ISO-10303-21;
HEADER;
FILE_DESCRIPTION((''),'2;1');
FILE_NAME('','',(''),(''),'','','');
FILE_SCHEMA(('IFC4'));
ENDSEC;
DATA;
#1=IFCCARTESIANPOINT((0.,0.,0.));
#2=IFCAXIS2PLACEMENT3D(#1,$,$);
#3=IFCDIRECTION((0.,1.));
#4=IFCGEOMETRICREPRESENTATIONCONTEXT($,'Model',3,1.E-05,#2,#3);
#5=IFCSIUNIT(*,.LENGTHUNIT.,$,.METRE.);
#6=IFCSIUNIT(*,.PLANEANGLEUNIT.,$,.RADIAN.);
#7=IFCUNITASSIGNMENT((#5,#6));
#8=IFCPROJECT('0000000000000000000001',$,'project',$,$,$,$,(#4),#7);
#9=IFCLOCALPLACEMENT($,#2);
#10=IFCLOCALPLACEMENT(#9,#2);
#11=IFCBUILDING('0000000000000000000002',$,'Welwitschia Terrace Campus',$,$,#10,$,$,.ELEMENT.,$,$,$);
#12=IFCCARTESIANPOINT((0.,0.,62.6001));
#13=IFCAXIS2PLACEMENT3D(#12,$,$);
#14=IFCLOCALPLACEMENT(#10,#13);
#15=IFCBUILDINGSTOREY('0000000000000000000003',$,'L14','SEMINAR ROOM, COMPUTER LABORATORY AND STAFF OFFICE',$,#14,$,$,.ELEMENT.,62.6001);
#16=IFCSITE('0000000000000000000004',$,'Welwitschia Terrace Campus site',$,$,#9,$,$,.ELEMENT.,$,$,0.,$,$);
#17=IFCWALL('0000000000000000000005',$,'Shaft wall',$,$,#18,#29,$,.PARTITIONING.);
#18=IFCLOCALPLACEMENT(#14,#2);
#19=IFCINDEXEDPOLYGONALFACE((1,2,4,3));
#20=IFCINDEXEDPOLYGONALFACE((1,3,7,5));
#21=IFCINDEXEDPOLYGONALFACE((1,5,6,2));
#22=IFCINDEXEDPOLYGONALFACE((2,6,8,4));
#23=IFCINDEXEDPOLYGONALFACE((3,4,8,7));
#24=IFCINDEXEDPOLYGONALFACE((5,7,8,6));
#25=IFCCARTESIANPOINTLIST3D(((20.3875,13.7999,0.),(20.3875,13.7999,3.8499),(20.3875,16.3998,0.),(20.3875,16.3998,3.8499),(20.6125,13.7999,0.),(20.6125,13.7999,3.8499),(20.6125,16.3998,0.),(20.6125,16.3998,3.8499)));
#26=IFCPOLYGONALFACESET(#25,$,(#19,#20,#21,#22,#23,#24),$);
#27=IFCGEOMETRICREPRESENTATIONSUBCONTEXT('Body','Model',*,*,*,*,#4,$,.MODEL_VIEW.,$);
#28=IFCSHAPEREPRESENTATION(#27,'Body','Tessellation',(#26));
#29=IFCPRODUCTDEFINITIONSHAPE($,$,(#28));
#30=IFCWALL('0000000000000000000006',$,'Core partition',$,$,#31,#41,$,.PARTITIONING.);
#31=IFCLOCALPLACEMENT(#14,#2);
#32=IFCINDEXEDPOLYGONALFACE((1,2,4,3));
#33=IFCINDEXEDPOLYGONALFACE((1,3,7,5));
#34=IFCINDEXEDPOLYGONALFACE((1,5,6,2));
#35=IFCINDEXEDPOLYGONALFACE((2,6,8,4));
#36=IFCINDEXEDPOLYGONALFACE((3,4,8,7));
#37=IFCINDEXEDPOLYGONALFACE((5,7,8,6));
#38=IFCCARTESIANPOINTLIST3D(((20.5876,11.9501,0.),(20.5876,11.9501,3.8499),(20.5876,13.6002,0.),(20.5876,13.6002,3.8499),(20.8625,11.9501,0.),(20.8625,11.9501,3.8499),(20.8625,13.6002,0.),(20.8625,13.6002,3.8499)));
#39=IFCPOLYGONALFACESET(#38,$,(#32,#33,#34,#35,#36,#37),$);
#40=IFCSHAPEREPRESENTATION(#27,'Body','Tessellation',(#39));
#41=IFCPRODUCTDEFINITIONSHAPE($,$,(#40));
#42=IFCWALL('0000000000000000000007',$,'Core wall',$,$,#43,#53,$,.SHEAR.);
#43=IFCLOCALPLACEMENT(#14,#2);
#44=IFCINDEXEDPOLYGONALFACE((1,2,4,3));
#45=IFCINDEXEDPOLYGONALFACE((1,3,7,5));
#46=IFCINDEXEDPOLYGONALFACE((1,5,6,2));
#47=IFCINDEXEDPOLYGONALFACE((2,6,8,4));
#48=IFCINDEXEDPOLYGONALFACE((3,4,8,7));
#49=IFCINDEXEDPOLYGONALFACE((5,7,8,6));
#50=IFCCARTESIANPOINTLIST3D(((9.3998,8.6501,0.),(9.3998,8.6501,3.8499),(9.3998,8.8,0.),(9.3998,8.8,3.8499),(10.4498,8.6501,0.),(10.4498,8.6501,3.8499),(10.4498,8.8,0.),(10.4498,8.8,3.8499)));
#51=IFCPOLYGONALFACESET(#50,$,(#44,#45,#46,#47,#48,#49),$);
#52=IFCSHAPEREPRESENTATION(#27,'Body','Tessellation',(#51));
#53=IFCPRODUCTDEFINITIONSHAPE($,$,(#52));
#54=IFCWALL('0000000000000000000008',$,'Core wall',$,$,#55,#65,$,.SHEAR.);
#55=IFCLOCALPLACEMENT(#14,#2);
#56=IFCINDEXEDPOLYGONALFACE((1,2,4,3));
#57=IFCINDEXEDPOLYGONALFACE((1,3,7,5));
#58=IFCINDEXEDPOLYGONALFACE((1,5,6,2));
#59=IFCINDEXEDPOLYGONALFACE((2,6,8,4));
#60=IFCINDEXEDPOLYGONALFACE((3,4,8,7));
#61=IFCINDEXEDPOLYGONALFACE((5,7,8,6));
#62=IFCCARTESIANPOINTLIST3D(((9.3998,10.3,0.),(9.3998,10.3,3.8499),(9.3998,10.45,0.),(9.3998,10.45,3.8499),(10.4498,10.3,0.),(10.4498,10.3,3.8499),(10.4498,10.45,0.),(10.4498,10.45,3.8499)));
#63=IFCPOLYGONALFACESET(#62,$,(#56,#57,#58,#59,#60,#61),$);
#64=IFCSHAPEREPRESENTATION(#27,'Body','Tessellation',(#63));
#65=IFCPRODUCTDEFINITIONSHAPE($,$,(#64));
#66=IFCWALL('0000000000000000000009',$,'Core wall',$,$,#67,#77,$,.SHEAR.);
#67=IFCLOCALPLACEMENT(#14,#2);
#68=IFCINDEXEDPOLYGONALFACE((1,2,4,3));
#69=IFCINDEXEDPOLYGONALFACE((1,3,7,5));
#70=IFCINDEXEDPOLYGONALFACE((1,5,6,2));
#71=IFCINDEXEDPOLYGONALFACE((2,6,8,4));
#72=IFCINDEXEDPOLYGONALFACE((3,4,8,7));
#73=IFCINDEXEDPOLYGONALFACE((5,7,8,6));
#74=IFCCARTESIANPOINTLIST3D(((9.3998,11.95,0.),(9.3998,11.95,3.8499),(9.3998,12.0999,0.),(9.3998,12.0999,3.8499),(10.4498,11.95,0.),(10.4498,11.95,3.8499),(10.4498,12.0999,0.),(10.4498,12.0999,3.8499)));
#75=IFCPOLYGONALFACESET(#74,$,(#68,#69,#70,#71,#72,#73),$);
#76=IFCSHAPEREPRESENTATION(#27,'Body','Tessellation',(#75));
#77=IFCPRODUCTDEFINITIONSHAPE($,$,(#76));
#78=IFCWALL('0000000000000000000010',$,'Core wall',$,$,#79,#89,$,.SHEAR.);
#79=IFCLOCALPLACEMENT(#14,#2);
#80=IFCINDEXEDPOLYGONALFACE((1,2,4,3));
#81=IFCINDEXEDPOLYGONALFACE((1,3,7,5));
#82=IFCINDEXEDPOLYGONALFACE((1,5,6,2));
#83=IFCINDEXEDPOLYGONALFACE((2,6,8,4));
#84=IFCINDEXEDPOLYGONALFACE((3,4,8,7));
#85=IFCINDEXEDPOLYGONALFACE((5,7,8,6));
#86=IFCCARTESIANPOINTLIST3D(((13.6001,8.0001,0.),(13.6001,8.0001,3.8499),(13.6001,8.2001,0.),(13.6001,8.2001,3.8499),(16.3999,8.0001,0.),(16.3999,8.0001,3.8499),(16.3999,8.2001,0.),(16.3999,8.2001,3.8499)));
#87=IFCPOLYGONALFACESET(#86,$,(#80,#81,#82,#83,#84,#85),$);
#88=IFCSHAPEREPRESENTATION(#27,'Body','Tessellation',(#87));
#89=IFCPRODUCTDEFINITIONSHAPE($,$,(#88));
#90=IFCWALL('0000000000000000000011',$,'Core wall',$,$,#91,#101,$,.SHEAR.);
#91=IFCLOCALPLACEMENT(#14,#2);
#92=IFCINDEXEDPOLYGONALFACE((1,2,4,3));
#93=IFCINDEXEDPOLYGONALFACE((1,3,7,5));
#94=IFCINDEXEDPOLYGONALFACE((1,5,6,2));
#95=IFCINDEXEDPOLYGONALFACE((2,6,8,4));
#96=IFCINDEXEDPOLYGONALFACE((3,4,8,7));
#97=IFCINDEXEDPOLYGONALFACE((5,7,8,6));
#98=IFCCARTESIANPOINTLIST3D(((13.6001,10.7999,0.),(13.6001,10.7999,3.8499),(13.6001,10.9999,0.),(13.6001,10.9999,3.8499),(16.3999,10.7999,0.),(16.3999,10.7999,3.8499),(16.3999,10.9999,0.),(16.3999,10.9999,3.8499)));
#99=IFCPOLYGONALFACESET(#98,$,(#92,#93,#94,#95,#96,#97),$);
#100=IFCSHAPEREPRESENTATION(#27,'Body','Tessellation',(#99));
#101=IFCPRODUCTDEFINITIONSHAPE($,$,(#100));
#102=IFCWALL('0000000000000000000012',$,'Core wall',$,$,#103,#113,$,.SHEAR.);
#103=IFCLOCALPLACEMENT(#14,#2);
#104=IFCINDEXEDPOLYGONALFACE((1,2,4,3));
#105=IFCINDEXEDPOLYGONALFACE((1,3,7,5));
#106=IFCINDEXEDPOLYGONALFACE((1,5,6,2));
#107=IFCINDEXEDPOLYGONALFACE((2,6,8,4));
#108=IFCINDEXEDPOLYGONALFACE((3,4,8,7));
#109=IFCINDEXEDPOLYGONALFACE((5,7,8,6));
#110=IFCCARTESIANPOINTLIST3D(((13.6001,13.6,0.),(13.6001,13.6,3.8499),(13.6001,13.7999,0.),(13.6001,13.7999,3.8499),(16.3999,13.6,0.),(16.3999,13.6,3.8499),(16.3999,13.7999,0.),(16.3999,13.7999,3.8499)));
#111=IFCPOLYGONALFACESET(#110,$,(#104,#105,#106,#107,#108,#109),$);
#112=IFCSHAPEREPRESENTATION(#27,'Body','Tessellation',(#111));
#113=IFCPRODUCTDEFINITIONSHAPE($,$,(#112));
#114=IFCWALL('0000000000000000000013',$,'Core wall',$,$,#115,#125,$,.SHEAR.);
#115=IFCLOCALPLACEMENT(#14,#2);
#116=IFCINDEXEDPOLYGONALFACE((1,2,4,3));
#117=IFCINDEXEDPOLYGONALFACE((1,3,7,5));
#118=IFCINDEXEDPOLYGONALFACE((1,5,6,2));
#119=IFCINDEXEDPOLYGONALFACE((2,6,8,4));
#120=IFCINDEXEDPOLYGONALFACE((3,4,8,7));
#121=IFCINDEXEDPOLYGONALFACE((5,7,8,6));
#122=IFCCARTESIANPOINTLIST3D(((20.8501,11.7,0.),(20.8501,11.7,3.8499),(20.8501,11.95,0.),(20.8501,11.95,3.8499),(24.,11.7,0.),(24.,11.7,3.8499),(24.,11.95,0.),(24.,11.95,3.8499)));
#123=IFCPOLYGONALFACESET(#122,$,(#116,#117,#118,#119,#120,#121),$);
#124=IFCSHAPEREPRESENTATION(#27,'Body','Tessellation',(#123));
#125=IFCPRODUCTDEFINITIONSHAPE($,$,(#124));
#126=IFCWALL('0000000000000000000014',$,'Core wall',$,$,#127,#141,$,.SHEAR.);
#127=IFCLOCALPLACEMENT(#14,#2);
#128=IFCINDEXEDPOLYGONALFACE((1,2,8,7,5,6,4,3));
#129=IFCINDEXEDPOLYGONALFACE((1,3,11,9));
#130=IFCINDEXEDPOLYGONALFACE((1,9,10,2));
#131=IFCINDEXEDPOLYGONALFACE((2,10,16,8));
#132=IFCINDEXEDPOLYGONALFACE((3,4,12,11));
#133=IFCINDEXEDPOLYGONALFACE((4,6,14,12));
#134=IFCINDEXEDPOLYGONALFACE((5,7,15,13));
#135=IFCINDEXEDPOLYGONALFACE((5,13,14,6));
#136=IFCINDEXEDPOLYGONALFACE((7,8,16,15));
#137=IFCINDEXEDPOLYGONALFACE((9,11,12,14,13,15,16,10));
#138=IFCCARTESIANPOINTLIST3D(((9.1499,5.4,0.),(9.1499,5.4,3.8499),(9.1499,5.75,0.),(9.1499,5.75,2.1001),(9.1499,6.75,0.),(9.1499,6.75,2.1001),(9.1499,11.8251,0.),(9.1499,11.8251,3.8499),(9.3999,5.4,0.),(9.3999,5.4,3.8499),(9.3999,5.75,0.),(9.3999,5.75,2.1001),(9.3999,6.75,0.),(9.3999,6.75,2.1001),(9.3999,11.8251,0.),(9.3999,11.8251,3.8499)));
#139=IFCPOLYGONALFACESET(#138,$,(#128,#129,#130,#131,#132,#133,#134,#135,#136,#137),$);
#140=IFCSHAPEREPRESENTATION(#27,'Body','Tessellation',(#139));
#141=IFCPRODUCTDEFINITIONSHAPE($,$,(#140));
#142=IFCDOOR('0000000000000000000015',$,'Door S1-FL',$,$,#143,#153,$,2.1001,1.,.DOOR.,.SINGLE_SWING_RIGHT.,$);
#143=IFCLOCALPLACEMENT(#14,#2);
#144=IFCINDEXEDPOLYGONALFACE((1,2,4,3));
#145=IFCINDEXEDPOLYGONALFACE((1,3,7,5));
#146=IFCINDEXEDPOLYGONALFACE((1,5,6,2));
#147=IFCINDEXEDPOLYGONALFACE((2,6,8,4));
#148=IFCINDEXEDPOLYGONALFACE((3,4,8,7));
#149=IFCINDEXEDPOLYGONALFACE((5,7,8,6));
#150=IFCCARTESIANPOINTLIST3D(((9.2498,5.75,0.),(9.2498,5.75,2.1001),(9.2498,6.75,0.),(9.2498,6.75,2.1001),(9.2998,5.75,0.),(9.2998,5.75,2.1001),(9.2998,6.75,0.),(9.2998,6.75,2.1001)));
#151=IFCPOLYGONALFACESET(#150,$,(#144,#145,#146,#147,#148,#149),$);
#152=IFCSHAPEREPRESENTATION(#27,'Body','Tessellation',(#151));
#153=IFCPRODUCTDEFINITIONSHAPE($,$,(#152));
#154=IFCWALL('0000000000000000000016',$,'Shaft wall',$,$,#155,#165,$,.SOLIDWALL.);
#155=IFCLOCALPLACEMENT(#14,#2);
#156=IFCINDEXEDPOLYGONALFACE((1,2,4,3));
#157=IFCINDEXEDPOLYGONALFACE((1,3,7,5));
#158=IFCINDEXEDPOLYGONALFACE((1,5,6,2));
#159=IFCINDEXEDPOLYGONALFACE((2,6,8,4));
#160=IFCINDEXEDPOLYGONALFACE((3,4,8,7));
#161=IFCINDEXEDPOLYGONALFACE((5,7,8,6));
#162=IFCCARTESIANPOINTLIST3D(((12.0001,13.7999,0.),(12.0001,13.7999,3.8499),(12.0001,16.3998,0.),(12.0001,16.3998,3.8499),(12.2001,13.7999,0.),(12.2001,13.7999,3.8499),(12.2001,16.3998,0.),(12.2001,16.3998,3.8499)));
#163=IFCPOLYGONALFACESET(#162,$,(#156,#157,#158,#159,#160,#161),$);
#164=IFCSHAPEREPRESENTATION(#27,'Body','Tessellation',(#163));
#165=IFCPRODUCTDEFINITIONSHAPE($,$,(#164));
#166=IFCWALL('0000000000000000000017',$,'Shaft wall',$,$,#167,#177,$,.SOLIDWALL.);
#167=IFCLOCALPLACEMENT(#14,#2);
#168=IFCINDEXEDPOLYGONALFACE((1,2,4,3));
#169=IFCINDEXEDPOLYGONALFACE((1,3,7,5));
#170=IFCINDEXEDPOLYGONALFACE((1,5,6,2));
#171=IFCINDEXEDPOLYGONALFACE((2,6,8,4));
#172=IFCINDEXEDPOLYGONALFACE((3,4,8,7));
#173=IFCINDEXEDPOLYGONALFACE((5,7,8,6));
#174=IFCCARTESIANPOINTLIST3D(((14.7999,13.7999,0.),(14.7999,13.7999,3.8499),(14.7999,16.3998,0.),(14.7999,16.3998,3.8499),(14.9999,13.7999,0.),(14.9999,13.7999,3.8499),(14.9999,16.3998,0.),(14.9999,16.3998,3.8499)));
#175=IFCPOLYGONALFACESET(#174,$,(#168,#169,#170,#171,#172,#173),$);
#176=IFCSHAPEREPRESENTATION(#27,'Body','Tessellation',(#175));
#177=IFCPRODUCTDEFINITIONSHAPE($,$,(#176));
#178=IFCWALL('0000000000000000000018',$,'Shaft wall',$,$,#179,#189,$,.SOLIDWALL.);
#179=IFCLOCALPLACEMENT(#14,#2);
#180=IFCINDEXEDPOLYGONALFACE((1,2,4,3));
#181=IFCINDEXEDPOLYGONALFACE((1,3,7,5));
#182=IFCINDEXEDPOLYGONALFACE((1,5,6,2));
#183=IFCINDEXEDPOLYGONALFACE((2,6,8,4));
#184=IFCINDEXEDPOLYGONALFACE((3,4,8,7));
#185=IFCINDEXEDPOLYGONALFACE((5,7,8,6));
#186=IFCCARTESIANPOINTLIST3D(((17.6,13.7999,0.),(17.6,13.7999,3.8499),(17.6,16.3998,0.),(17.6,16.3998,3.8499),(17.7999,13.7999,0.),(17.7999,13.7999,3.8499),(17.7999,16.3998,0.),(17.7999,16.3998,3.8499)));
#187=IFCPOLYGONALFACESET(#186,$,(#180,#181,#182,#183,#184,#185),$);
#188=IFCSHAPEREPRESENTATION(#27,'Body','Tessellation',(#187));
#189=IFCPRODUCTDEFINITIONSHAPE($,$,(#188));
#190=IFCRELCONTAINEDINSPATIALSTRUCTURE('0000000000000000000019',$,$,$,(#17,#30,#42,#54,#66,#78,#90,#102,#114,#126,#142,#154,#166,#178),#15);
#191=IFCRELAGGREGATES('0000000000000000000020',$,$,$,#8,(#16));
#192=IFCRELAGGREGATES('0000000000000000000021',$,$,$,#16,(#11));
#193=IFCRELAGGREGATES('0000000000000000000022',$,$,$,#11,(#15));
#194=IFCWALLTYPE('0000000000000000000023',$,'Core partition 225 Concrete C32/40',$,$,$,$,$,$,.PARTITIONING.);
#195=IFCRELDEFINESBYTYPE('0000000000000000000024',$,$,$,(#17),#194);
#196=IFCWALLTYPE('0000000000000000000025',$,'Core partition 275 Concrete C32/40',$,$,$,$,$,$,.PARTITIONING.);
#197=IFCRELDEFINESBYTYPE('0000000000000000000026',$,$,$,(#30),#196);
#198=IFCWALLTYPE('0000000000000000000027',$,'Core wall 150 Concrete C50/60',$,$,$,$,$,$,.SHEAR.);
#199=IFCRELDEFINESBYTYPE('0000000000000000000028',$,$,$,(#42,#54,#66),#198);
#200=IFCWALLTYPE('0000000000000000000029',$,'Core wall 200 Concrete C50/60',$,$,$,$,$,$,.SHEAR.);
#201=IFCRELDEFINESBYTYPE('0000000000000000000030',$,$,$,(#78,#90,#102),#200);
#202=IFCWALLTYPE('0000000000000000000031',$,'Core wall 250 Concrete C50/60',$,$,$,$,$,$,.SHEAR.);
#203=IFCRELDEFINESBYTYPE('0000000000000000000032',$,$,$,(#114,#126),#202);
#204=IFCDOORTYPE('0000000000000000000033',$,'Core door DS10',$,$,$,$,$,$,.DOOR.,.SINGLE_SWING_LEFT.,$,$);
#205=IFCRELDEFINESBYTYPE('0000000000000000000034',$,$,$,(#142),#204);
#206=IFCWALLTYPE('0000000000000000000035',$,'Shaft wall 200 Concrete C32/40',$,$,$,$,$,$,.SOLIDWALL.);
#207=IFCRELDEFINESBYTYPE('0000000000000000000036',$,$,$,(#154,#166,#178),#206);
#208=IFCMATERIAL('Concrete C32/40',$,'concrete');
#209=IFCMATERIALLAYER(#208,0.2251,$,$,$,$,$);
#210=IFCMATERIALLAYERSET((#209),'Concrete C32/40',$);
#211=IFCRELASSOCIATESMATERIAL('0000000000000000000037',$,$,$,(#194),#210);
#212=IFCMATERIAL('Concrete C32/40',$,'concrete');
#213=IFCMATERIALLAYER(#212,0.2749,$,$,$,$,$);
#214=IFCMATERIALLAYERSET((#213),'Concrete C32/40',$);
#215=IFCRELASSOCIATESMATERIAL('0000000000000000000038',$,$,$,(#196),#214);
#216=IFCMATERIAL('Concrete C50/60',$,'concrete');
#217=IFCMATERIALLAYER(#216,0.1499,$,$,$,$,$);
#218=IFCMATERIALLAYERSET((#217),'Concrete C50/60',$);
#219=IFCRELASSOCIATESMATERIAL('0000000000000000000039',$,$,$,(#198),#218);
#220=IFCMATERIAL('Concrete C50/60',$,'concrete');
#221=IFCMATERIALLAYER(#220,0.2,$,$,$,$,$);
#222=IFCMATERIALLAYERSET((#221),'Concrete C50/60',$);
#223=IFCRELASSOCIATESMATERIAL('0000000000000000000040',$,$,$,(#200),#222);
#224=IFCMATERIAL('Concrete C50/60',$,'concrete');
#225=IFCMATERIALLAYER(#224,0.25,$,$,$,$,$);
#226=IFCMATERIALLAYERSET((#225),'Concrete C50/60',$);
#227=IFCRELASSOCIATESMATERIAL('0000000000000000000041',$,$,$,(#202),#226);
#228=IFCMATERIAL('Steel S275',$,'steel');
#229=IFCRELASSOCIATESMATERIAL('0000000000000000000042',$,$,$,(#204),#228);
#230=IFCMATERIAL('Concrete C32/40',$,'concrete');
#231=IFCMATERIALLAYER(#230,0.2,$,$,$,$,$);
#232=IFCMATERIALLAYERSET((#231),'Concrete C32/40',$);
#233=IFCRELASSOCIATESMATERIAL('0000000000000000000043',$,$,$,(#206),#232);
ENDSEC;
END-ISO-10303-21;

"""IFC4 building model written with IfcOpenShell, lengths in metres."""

from ifc_helpers import new_model, si_unit, direction, frame, frame_2d, origin, place, context, subcontext, project, spatial, rectangle, extrude, material, layer, layer_set, type_object, element, fill, save


model = new_model("IFC4")

# Units and contexts
model_context = context("Model", 3, precision=1e-05, world=origin(), true_north=direction((0.0, 1.0)))
body_context = subcontext(model_context, "Body", "Model", "MODEL_VIEW")
ifc_project = project(units=[si_unit("LENGTHUNIT", "METRE"), si_unit("PLANEANGLEUNIT", "RADIAN")], contexts=[model_context])

# Site, building, storey
site_placement = place(None, origin())
site = spatial("IfcSite", under=ifc_project, at=site_placement, Name="Welwitschia Terrace Campus site", CompositionType="ELEMENT", RefElevation=0.0)
building_placement = place(site_placement, origin())
building = spatial("IfcBuilding", under=site, at=building_placement, Name="Welwitschia Terrace Campus", CompositionType="ELEMENT")
storey_placement = place(building_placement, frame((0.0, 0.0, 62.6001)))
storey = spatial("IfcBuildingStorey", under=building, at=storey_placement, Name="L14", Description="SEMINAR ROOM, COMPUTER LABORATORY AND STAFF OFFICE", CompositionType="ELEMENT", Elevation=62.6001)

# Shared definitions
ifc_material_1 = material(Name="Concrete C32/40", Category="concrete")
ifc_layer_1 = layer(ifc_material_1, 0.2251)
ifc_layer_set_1 = layer_set([ifc_layer_1], Name="Concrete C32/40")
wall_type_1 = type_object("IfcWallType", Name="Core partition 225 Concrete C32/40", PredefinedType="PARTITIONING", material=ifc_layer_set_1)

# Walls
wall_1_placement = place(storey_placement, frame((20.5, 13.8, 0.0), z_axis=(0.0, 0.0, 1.0), x_axis=(0.0, 1.0, 0.0)))
element("IfcWall", 1, at=wall_1_placement, inside=storey, type_object=wall_type_1, Name="Shaft wall", PredefinedType="PARTITIONING", context=body_context, shape_type="SweptSolid", body=[
    extrude(rectangle(XDim=2.5999, YDim=0.2251, at=frame_2d((1.2998, 0.0))), origin(), (0.0, 0.0, 1.0), 3.8499),
])
ifc_material_2 = material(Name="Concrete C32/40", Category="concrete")
ifc_layer_2 = layer(ifc_material_2, 0.2749)
ifc_layer_set_2 = layer_set([ifc_layer_2], Name="Concrete C32/40")
wall_type_2 = type_object("IfcWallType", Name="Core partition 275 Concrete C32/40", PredefinedType="PARTITIONING", material=ifc_layer_set_2)
wall_2_placement = place(storey_placement, frame((20.7251, 11.95, 0.0), z_axis=(0.0, 0.0, 1.0), x_axis=(0.0, 1.0, 0.0)))
element("IfcWall", 2, at=wall_2_placement, inside=storey, type_object=wall_type_2, Name="Core partition", PredefinedType="PARTITIONING", context=body_context, shape_type="SweptSolid", body=[
    extrude(rectangle(XDim=1.6501, YDim=0.2749, at=frame_2d((0.8252, 0.0))), origin(), (0.0, 0.0, 1.0), 3.8499),
])
ifc_material_3 = material(Name="Concrete C50/60", Category="concrete")
ifc_layer_3 = layer(ifc_material_3, 0.1499)
ifc_layer_set_3 = layer_set([ifc_layer_3], Name="Concrete C50/60")
wall_type_3 = type_object("IfcWallType", Name="Core wall 150 Concrete C50/60", PredefinedType="SHEAR", material=ifc_layer_set_3)
for number, where, z_axis, x_axis, name in (
    (3, (9.3999, 8.7251, 0.0), (0.0, 0.0, 1.0), (1.0, 0.0, 0.0), "Core wall"),
    (4, (9.3999, 10.375, 0.0), (0.0, 0.0, 1.0), (1.0, 0.0, 0.0), "Core wall"),
    (5, (9.3999, 12.0249, 0.0), (0.0, 0.0, 1.0), (1.0, 0.0, 0.0), "Core wall"),
):
    element("IfcWall", number, at=place(storey_placement, frame(where, z_axis=z_axis, x_axis=x_axis)), inside=storey, type_object=wall_type_3, Name=name, PredefinedType="SHEAR", context=body_context, shape_type="SweptSolid", body=[
        extrude(rectangle(XDim=1.05, YDim=0.1499, at=frame_2d((0.5249, 0.0))), origin(), (0.0, 0.0, 1.0), 3.8499),
    ])
ifc_material_4 = material(Name="Concrete C50/60", Category="concrete")
ifc_layer_4 = layer(ifc_material_4, 0.2)
ifc_layer_set_4 = layer_set([ifc_layer_4], Name="Concrete C50/60")
wall_type_4 = type_object("IfcWallType", Name="Core wall 200 Concrete C50/60", PredefinedType="SHEAR", material=ifc_layer_set_4)
for number, where, z_axis, x_axis, name in (
    (6, (13.6001, 8.1001, 0.0), (0.0, 0.0, 1.0), (1.0, 0.0, 0.0), "Core wall"),
    (7, (13.6001, 10.8999, 0.0), (0.0, 0.0, 1.0), (1.0, 0.0, 0.0), "Core wall"),
    (8, (13.6001, 13.7, 0.0), (0.0, 0.0, 1.0), (1.0, 0.0, 0.0), "Core wall"),
):
    element("IfcWall", number, at=place(storey_placement, frame(where, z_axis=z_axis, x_axis=x_axis)), inside=storey, type_object=wall_type_4, Name=name, PredefinedType="SHEAR", context=body_context, shape_type="SweptSolid", body=[
        extrude(rectangle(XDim=2.7998, YDim=0.2, at=frame_2d((1.3999, 0.0))), origin(), (0.0, 0.0, 1.0), 3.8499),
    ])
ifc_material_5 = material(Name="Concrete C50/60", Category="concrete")
ifc_layer_5 = layer(ifc_material_5, 0.25)
ifc_layer_set_5 = layer_set([ifc_layer_5], Name="Concrete C50/60")
wall_type_5 = type_object("IfcWallType", Name="Core wall 250 Concrete C50/60", PredefinedType="SHEAR", material=ifc_layer_set_5)
wall_3_placement = place(storey_placement, frame((20.8501, 11.825, 0.0), z_axis=(0.0, 0.0, 1.0), x_axis=(1.0, 0.0, 0.0)))
element("IfcWall", 9, at=wall_3_placement, inside=storey, type_object=wall_type_5, Name="Core wall", PredefinedType="SHEAR", context=body_context, shape_type="SweptSolid", body=[
    extrude(rectangle(XDim=3.1499, YDim=0.25, at=frame_2d((1.575, 0.0))), origin(), (0.0, 0.0, 1.0), 3.8499),
])

# Wall, opening, door
wall_4_placement = place(storey_placement, frame((9.2749, 11.825, 0.0), z_axis=(0.0, 0.0, 1.0), x_axis=(0.0, -1.0, 0.0)))
wall_4 = element("IfcWall", 10, at=wall_4_placement, inside=storey, type_object=wall_type_5, Name="Core wall", PredefinedType="SHEAR", context=body_context, shape_type="SweptSolid", body=[
    extrude(rectangle(XDim=6.425, YDim=0.25, at=frame_2d((3.2124, 0.0))), origin(), (0.0, 0.0, 1.0), 3.8499),
])
opening_1_placement = place(wall_4_placement, frame((5.075, 0.0, 0.0)))
opening_1 = element("IfcOpeningElement", 11, at=opening_1_placement, cuts=wall_4, PredefinedType="OPENING", context=body_context, shape_type="SweptSolid", body=[
    extrude(rectangle(XDim=1.0, YDim=2.1001, at=frame_2d((0.5, 1.05))), frame((0.0, 0.135, 0.0), z_axis=(0.0, -1.0, 0.0), x_axis=(1.0, 0.0, 0.0)), (0.0, 0.0, 1.0), 0.27),
])
ifc_material_6 = material(Name="Steel S275", Category="steel")
door_type_1 = type_object("IfcDoorType", Name="Core door DS10", OperationType="SINGLE_SWING_LEFT", PredefinedType="DOOR", material=ifc_material_6)
door_1_placement = place(opening_1_placement, origin())
door_1 = element("IfcDoor", 12, at=door_1_placement, inside=storey, type_object=door_type_1, Name="Door S1-FL", OperationType="SINGLE_SWING_RIGHT", OverallHeight=2.1001, OverallWidth=1.0, PredefinedType="DOOR", context=body_context, shape_type="SweptSolid", body=[
    extrude(rectangle(XDim=1.0, YDim=2.1001, at=frame_2d((0.5, 1.05))), frame((0.0, 0.0249, 0.0), z_axis=(0.0, -1.0, 0.0), x_axis=(1.0, 0.0, 0.0)), (0.0, 0.0, 1.0), 0.05),
])
fill(opening_1, door_1)

# Walls
ifc_material_7 = material(Name="Concrete C32/40", Category="concrete")
ifc_layer_6 = layer(ifc_material_7, 0.2)
ifc_layer_set_6 = layer_set([ifc_layer_6], Name="Concrete C32/40")
wall_type_6 = type_object("IfcWallType", Name="Shaft wall 200 Concrete C32/40", PredefinedType="SOLIDWALL", material=ifc_layer_set_6)
for number, where, z_axis, x_axis, name in (
    (13, (12.1001, 13.8, 0.0), (0.0, 0.0, 1.0), (0.0, 1.0, 0.0), "Shaft wall"),
    (14, (14.8999, 13.8, 0.0), (0.0, 0.0, 1.0), (0.0, 1.0, 0.0), "Shaft wall"),
    (15, (17.7, 13.8, 0.0), (0.0, 0.0, 1.0), (0.0, 1.0, 0.0), "Shaft wall"),
):
    element("IfcWall", number, at=place(storey_placement, frame(where, z_axis=z_axis, x_axis=x_axis)), inside=storey, type_object=wall_type_6, Name=name, PredefinedType="SOLIDWALL", context=body_context, shape_type="SweptSolid", body=[
        extrude(rectangle(XDim=2.5999, YDim=0.2, at=frame_2d((1.2998, 0.0))), origin(), (0.0, 0.0, 1.0), 3.8499),
    ])

save(model, "model.ifc")
